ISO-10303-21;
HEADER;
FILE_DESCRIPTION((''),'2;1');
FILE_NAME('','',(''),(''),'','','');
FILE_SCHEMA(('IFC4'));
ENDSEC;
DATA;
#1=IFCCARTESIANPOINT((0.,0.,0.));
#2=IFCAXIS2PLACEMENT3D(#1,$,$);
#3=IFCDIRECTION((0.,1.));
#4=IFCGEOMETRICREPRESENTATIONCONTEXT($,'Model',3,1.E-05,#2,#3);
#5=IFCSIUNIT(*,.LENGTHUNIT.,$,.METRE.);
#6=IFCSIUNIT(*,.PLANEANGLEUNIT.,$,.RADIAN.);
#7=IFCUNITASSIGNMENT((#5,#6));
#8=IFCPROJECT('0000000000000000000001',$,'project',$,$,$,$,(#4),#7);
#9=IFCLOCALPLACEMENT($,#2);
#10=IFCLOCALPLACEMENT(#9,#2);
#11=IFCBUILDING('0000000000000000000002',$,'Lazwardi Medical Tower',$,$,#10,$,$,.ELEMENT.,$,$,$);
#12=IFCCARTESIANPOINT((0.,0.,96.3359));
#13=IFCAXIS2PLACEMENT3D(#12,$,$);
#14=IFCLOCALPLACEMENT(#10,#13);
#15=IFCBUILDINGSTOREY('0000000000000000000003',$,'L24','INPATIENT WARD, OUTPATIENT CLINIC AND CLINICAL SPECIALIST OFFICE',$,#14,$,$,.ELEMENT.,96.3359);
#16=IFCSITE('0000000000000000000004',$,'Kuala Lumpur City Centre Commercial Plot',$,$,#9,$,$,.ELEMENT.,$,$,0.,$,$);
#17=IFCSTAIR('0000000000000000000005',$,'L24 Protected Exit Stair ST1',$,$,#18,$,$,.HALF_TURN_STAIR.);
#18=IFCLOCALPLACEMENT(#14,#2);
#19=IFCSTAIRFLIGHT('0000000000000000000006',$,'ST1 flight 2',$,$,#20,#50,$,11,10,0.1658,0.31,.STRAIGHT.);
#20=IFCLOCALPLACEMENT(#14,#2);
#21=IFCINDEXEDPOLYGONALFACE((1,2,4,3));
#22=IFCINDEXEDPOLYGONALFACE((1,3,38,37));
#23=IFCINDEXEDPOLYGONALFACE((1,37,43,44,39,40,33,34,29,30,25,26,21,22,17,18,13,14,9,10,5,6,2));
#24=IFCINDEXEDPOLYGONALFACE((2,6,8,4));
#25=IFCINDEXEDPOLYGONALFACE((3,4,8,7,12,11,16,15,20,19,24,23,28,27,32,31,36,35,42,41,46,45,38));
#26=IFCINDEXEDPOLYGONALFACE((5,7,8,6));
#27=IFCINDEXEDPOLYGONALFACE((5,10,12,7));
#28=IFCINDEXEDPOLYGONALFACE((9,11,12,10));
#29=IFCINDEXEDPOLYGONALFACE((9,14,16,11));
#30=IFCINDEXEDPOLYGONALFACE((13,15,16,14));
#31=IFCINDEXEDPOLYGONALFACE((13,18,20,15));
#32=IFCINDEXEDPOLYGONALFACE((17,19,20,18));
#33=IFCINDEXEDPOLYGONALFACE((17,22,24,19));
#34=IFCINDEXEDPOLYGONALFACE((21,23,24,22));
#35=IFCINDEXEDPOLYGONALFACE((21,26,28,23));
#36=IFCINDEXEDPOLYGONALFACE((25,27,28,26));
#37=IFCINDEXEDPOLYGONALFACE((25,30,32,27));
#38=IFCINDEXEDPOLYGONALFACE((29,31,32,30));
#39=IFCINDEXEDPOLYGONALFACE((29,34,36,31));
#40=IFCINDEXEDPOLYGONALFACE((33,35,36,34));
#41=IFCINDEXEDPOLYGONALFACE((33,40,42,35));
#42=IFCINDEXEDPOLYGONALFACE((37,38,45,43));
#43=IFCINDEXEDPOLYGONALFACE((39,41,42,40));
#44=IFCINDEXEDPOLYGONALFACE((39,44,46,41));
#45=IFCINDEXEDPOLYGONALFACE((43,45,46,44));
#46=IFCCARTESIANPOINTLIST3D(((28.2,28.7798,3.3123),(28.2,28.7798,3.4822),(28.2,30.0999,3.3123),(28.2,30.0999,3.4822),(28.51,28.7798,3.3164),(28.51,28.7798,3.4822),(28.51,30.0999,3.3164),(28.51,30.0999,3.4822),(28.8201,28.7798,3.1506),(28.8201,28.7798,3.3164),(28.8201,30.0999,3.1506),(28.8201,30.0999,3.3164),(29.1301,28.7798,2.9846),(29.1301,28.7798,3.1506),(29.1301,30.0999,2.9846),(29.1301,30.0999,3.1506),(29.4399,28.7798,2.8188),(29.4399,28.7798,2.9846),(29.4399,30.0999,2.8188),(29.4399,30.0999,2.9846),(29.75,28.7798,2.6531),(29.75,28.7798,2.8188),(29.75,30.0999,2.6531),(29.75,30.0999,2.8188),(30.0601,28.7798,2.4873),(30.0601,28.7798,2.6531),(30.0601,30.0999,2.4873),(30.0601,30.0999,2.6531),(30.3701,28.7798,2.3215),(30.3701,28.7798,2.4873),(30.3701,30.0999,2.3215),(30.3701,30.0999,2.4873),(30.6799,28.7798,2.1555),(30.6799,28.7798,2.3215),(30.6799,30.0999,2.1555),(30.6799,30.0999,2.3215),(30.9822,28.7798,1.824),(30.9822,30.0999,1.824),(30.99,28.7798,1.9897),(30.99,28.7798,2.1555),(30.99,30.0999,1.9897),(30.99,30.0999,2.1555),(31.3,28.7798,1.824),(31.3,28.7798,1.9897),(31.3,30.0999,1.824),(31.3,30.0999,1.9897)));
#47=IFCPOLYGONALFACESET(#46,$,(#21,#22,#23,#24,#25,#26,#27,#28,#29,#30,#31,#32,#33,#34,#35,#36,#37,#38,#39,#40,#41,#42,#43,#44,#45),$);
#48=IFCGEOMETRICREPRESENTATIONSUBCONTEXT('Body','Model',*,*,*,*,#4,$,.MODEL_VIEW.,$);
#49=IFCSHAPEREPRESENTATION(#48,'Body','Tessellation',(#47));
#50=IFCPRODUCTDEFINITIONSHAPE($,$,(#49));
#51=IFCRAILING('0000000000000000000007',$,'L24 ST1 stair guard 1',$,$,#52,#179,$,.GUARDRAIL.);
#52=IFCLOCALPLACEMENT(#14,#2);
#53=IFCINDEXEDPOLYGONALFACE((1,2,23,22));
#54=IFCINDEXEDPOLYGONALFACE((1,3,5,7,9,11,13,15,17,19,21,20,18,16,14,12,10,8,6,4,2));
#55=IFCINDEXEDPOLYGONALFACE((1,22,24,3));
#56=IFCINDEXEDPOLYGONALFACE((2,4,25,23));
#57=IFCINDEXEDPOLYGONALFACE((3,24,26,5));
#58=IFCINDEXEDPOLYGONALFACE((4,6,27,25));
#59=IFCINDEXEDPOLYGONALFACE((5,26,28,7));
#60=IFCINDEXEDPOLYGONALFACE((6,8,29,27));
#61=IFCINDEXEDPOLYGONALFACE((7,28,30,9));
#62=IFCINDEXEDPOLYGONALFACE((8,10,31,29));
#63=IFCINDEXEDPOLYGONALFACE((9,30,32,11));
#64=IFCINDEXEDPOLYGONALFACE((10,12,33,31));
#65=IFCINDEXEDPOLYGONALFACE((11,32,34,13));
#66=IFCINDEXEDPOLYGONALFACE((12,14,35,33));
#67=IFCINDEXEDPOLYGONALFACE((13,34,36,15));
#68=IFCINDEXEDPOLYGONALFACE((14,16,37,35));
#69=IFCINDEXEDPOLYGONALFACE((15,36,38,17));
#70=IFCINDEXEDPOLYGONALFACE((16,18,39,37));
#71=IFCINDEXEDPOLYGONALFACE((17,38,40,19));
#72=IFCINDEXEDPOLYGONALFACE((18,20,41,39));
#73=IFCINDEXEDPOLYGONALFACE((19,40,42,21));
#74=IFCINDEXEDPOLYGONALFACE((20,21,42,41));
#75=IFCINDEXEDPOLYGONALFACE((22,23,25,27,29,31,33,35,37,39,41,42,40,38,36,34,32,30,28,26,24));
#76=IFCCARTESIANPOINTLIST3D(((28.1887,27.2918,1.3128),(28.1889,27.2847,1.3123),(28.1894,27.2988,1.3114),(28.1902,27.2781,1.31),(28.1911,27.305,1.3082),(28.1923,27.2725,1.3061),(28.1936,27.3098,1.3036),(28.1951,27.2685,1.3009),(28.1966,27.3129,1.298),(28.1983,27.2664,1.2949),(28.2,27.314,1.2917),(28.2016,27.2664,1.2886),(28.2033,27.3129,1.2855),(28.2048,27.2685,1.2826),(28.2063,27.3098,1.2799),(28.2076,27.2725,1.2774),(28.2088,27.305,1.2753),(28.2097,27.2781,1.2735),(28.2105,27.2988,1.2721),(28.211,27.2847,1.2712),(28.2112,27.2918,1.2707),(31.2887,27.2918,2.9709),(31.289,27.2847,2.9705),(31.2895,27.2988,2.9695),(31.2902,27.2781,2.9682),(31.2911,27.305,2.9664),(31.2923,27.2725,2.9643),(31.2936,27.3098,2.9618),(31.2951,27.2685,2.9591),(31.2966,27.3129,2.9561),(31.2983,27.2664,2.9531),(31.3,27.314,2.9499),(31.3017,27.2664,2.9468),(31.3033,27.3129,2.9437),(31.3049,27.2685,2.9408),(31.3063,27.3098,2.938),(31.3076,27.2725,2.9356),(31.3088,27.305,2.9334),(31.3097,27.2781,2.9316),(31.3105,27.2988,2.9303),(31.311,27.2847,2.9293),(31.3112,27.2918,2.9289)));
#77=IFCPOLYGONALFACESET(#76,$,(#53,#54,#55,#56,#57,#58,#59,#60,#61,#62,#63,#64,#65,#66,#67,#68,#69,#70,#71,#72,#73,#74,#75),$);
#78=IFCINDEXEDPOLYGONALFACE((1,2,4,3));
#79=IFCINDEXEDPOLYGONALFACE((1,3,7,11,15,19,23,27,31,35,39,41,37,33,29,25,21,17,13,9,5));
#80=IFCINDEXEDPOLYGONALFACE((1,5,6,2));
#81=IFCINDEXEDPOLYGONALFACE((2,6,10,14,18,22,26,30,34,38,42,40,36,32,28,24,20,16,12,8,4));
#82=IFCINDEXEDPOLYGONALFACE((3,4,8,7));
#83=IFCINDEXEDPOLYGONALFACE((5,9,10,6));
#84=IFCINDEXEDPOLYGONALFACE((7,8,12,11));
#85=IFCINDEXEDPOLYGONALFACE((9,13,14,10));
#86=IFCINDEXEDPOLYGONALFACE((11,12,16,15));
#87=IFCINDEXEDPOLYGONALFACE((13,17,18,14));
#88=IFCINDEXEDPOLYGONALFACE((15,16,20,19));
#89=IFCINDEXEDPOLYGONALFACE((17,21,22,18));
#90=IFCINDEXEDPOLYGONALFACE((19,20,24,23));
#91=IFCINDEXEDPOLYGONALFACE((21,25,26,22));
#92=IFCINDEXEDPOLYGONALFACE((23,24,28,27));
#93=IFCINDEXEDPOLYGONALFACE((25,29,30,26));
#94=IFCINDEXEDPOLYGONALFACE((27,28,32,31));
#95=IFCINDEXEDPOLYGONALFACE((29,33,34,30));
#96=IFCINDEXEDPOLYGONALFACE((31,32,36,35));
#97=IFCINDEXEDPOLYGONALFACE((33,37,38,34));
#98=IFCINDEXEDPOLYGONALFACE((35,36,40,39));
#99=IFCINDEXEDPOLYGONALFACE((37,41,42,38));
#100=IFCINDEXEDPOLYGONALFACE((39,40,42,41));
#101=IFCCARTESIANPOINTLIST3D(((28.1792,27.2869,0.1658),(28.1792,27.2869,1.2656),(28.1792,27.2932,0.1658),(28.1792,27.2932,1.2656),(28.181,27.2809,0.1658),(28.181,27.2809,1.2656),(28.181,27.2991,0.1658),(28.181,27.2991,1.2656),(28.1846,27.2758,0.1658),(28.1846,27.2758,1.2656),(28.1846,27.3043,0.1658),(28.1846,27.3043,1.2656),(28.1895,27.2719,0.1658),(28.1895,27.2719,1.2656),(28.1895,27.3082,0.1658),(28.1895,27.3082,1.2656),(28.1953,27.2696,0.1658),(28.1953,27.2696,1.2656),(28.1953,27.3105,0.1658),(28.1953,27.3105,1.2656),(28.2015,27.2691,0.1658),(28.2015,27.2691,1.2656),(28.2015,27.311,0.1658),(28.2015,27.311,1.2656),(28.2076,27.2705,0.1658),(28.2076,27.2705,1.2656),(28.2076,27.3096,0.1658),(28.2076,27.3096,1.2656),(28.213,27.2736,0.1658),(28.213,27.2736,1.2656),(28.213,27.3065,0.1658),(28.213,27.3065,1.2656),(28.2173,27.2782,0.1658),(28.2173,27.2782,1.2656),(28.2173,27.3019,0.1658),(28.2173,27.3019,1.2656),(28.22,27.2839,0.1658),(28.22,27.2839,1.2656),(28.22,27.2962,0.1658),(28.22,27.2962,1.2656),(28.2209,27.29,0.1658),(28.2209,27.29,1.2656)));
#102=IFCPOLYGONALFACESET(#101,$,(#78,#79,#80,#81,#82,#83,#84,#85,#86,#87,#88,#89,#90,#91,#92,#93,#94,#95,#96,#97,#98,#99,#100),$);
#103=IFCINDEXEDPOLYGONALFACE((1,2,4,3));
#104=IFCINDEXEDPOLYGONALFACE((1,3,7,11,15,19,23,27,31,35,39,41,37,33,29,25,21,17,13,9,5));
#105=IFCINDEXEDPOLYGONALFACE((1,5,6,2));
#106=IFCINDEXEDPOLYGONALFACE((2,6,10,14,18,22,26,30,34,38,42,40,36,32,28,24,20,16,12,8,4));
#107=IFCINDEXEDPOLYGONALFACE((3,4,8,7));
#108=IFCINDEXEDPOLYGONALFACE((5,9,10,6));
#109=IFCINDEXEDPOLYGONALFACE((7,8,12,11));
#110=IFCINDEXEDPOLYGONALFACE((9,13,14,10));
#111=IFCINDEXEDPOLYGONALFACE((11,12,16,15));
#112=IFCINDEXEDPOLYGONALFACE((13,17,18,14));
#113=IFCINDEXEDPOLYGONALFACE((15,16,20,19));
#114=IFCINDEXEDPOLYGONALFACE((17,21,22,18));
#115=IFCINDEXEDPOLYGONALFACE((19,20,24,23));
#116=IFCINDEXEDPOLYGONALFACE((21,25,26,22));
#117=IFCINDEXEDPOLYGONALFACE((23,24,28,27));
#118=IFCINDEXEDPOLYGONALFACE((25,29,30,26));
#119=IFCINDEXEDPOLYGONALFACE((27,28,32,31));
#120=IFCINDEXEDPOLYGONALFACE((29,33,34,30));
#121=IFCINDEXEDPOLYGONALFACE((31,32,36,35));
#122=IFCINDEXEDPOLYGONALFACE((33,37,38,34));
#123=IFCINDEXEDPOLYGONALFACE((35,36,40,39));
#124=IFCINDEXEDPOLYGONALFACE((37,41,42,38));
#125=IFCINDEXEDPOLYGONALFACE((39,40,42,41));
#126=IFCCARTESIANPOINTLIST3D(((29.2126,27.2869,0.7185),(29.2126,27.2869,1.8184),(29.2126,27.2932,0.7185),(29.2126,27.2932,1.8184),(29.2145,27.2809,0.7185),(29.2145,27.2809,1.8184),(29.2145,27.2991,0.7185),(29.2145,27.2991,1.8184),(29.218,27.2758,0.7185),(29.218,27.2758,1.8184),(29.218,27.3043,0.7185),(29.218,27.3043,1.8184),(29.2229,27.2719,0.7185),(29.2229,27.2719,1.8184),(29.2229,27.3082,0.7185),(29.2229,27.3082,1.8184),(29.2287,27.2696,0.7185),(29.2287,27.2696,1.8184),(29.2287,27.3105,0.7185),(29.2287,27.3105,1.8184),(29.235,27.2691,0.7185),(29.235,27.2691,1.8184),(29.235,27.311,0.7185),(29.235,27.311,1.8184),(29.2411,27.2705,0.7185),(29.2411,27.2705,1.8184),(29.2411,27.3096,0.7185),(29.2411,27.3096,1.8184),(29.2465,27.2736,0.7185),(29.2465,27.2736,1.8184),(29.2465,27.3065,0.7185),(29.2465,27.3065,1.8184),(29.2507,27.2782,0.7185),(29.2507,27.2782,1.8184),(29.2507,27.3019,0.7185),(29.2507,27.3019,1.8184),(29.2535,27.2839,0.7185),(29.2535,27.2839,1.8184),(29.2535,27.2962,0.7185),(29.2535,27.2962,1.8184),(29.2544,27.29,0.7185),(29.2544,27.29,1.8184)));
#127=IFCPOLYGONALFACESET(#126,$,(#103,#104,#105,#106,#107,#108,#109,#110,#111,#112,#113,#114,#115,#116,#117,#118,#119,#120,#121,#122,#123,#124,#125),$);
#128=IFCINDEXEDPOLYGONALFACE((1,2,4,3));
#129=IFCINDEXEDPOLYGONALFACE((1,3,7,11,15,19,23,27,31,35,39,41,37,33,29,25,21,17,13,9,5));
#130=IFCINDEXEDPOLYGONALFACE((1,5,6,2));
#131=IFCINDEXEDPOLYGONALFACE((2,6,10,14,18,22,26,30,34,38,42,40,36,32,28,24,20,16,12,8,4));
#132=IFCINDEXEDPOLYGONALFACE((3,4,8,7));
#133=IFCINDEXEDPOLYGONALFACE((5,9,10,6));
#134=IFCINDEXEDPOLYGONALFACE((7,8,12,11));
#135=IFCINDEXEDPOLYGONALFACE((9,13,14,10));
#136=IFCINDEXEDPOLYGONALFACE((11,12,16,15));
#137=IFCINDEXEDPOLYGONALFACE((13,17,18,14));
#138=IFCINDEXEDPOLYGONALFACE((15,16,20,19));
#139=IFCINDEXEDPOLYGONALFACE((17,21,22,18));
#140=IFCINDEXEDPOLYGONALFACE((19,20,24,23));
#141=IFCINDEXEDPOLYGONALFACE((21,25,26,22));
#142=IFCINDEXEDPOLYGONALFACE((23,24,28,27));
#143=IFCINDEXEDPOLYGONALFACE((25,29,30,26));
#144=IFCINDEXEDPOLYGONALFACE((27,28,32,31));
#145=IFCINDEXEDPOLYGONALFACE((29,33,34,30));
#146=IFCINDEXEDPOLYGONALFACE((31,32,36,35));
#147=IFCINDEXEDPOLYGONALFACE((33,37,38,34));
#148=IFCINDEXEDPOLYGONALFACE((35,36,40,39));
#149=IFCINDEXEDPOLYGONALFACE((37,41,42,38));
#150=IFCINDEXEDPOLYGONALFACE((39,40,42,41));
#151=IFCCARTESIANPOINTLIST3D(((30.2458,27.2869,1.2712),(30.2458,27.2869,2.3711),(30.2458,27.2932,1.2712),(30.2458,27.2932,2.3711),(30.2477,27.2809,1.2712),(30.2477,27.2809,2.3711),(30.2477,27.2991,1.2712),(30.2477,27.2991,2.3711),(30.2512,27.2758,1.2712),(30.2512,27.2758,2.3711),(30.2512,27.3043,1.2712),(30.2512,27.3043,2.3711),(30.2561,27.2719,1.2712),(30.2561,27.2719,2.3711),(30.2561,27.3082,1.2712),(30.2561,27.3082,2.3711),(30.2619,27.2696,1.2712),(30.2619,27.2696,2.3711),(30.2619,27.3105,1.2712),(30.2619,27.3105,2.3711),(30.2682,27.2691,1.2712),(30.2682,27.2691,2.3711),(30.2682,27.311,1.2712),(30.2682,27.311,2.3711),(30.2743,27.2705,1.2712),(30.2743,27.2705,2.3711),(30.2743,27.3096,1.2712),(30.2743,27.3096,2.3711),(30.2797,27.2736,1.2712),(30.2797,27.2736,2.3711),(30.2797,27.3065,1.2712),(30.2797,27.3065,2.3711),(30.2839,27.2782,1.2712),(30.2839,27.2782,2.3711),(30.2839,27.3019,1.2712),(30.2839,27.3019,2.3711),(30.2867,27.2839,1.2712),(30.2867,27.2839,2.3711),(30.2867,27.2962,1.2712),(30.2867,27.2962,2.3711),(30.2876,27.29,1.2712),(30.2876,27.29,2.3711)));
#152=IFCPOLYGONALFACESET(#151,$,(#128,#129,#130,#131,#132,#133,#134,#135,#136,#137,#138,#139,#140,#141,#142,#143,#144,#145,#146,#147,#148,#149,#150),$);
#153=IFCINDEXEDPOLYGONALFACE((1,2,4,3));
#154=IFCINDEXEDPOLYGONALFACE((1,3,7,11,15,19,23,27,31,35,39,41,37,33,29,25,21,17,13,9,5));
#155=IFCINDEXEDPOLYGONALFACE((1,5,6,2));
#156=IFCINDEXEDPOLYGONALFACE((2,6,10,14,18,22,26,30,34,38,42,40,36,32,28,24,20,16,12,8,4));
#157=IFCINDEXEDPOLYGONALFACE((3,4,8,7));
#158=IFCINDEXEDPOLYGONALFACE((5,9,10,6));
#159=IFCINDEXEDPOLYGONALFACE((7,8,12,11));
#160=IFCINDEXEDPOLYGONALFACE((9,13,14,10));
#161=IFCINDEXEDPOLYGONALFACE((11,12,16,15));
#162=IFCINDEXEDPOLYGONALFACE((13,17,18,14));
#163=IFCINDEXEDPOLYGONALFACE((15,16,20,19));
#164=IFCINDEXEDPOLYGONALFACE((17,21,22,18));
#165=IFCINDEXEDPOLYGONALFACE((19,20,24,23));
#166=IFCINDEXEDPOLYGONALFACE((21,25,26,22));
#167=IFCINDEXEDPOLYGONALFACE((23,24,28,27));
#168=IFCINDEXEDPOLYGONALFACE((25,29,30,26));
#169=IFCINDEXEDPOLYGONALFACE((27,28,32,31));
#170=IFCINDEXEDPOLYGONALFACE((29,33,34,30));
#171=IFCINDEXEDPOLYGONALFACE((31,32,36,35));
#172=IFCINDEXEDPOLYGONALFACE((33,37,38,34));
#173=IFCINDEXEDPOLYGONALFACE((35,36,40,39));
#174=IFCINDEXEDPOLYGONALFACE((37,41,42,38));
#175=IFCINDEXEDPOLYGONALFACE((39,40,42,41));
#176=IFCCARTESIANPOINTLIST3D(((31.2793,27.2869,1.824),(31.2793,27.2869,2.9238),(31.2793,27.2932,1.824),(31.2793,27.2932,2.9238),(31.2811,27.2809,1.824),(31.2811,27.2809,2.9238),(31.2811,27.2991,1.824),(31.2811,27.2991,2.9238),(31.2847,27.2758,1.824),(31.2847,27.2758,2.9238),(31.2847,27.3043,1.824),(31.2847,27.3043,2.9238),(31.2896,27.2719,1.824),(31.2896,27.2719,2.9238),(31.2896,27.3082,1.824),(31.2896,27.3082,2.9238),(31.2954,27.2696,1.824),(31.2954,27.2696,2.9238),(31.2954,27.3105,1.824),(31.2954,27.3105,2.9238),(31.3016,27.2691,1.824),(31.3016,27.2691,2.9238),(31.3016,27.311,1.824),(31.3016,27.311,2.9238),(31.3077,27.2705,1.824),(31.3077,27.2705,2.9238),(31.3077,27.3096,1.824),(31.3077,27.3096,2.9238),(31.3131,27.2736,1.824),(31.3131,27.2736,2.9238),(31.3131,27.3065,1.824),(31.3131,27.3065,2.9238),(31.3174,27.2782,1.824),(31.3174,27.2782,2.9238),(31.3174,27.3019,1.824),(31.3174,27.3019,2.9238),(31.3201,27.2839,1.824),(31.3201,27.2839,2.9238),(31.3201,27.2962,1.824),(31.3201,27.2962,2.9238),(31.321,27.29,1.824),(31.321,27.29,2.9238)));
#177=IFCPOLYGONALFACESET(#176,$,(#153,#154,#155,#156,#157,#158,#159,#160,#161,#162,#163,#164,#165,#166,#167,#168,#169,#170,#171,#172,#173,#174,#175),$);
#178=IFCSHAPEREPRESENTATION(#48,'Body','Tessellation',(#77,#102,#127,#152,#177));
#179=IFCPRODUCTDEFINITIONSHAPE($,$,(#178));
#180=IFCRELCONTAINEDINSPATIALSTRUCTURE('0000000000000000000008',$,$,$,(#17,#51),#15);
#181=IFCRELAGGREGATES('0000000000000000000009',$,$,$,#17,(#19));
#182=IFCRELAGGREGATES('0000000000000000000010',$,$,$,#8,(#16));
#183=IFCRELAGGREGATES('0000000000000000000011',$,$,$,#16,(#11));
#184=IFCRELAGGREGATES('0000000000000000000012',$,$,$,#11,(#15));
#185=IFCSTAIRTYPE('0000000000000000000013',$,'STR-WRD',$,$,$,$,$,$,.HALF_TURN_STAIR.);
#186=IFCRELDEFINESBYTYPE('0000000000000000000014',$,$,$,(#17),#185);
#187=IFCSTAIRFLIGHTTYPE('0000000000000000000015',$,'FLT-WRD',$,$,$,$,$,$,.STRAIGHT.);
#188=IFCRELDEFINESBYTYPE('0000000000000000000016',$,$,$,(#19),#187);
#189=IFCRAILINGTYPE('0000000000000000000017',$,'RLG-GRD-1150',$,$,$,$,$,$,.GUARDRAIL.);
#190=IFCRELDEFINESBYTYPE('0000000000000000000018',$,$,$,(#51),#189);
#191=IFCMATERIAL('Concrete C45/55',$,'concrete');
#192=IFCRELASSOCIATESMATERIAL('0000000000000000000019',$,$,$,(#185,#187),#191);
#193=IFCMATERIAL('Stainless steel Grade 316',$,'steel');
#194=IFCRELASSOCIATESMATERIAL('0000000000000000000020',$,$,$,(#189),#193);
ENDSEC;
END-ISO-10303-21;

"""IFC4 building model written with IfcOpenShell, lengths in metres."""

from ifc_helpers import new_model, si_unit, direction, frame, origin, origin_2d, place, context, subcontext, project, spatial, polyline, circle, outline, extrude, material, type_object, element, aggregate, save


model = new_model("IFC4")

# Units and contexts
model_context = context("Model", 3, precision=1e-05, world=origin(), true_north=direction((0.0, 1.0)))
body_context = subcontext(model_context, "Body", "Model", "MODEL_VIEW")
ifc_project = project(units=[si_unit("LENGTHUNIT", "METRE"), si_unit("PLANEANGLEUNIT", "RADIAN")], contexts=[model_context])

# Site, building, storey
site_placement = place(None, origin())
site = spatial("IfcSite", under=ifc_project, at=site_placement, Name="Kuala Lumpur City Centre Commercial Plot", CompositionType="ELEMENT", RefElevation=0.0)
building_placement = place(site_placement, origin())
building = spatial("IfcBuilding", under=site, at=building_placement, Name="Lazwardi Medical Tower", CompositionType="ELEMENT")
storey_placement = place(building_placement, frame((0.0, 0.0, 96.3359)))
storey = spatial("IfcBuildingStorey", under=building, at=storey_placement, Name="L24", Description="INPATIENT WARD, OUTPATIENT CLINIC AND CLINICAL SPECIALIST OFFICE", CompositionType="ELEMENT", Elevation=96.3359)

# Stair, stair flight
ifc_material_1 = material(Name="Concrete C45/55", Category="concrete")
stair_type = type_object("IfcStairType", Name="STR-WRD", PredefinedType="HALF_TURN_STAIR", material=ifc_material_1)
stair_placement = place(storey_placement, origin())
stair = element("IfcStair", 1, at=stair_placement, inside=storey, type_object=stair_type, Name="L24 Protected Exit Stair ST1", PredefinedType="HALF_TURN_STAIR")
stair_flight_type = type_object("IfcStairFlightType", Name="FLT-WRD", PredefinedType="STRAIGHT", material=ifc_material_1)
stair_flight_1_placement = place(storey_placement, frame((31.3, 29.4399, 1.824), z_axis=(0.0, 0.0, 1.0), x_axis=(-1.0, 0.0, 0.0)))
stair_flight_1 = element("IfcStairFlight", 2, at=stair_flight_1_placement, type_object=stair_flight_type, Name="ST1 flight 2", NumberOfRisers=11, NumberOfTreads=10, PredefinedType="STRAIGHT", RiserHeight=0.1658, TreadLength=0.31, context=body_context, shape_type="SweptSolid", body=[
    extrude(outline(polyline([(0.0, 0.0), (0.0, 0.1658), (0.3101, 0.1658), (0.3101, 0.3315), (0.6201, 0.3315), (0.6201, 0.4976), (0.9299, 0.4976), (0.9299, 0.6633), (1.24, 0.6633), (1.24, 0.8291), (1.55, 0.8291), (1.55, 0.9949), (1.8601, 0.9949), (1.8601, 1.1606), (2.1699, 1.1606), (2.1699, 1.3267), (2.48, 1.3267), (2.48, 1.4924), (2.79, 1.4924), (2.79, 1.6582), (3.1001, 1.6582), (3.1001, 1.824), (3.1001, 1.4883), (0.3179, 0.0), (0.0, 0.0)])), frame((0.0, 0.6602, 0.0), z_axis=(0.0, -1.0, 0.0), x_axis=(1.0, 0.0, 0.0)), (0.0, 0.0, 1.0), 1.3201),
])
aggregate(stair, [stair_flight_1])

# Railing
ifc_material_2 = material(Name="Stainless steel Grade 316", Category="steel")
railing_type_1 = type_object("IfcRailingType", Name="RLG-GRD-1150", PredefinedType="GUARDRAIL", material=ifc_material_2)
railing_1_placement = place(storey_placement, frame((28.2, 27.29, 0.1658)))
element("IfcRailing", 3, at=railing_1_placement, inside=storey, type_object=railing_type_1, Name="L24 ST1 stair guard 1", PredefinedType="GUARDRAIL", context=body_context, shape_type="SweptSolid", body=[
    extrude(circle(Radius=0.0239, at=origin_2d()), frame((0.0, 0.0, 1.126), z_axis=(0.881783, 0.0, 0.471655), x_axis=(0.0, 1.0, 0.0)), (0.0, 0.0, 1.0), 3.5156),
    extrude(circle(Radius=0.021, at=origin_2d()), origin(), (0.0, 0.0, 1.0), 1.0999),
    extrude(circle(Radius=0.021, at=origin_2d()), frame((1.0334, 0.0, 0.5527)), (0.0, 0.0, 1.0), 1.0999),
    extrude(circle(Radius=0.021, at=origin_2d()), frame((2.0667, 0.0, 1.1055)), (0.0, 0.0, 1.0), 1.0999),
    extrude(circle(Radius=0.021, at=origin_2d()), frame((3.1001, 0.0, 1.6582)), (0.0, 0.0, 1.0), 1.0999),
])

save(model, "model.ifc")
